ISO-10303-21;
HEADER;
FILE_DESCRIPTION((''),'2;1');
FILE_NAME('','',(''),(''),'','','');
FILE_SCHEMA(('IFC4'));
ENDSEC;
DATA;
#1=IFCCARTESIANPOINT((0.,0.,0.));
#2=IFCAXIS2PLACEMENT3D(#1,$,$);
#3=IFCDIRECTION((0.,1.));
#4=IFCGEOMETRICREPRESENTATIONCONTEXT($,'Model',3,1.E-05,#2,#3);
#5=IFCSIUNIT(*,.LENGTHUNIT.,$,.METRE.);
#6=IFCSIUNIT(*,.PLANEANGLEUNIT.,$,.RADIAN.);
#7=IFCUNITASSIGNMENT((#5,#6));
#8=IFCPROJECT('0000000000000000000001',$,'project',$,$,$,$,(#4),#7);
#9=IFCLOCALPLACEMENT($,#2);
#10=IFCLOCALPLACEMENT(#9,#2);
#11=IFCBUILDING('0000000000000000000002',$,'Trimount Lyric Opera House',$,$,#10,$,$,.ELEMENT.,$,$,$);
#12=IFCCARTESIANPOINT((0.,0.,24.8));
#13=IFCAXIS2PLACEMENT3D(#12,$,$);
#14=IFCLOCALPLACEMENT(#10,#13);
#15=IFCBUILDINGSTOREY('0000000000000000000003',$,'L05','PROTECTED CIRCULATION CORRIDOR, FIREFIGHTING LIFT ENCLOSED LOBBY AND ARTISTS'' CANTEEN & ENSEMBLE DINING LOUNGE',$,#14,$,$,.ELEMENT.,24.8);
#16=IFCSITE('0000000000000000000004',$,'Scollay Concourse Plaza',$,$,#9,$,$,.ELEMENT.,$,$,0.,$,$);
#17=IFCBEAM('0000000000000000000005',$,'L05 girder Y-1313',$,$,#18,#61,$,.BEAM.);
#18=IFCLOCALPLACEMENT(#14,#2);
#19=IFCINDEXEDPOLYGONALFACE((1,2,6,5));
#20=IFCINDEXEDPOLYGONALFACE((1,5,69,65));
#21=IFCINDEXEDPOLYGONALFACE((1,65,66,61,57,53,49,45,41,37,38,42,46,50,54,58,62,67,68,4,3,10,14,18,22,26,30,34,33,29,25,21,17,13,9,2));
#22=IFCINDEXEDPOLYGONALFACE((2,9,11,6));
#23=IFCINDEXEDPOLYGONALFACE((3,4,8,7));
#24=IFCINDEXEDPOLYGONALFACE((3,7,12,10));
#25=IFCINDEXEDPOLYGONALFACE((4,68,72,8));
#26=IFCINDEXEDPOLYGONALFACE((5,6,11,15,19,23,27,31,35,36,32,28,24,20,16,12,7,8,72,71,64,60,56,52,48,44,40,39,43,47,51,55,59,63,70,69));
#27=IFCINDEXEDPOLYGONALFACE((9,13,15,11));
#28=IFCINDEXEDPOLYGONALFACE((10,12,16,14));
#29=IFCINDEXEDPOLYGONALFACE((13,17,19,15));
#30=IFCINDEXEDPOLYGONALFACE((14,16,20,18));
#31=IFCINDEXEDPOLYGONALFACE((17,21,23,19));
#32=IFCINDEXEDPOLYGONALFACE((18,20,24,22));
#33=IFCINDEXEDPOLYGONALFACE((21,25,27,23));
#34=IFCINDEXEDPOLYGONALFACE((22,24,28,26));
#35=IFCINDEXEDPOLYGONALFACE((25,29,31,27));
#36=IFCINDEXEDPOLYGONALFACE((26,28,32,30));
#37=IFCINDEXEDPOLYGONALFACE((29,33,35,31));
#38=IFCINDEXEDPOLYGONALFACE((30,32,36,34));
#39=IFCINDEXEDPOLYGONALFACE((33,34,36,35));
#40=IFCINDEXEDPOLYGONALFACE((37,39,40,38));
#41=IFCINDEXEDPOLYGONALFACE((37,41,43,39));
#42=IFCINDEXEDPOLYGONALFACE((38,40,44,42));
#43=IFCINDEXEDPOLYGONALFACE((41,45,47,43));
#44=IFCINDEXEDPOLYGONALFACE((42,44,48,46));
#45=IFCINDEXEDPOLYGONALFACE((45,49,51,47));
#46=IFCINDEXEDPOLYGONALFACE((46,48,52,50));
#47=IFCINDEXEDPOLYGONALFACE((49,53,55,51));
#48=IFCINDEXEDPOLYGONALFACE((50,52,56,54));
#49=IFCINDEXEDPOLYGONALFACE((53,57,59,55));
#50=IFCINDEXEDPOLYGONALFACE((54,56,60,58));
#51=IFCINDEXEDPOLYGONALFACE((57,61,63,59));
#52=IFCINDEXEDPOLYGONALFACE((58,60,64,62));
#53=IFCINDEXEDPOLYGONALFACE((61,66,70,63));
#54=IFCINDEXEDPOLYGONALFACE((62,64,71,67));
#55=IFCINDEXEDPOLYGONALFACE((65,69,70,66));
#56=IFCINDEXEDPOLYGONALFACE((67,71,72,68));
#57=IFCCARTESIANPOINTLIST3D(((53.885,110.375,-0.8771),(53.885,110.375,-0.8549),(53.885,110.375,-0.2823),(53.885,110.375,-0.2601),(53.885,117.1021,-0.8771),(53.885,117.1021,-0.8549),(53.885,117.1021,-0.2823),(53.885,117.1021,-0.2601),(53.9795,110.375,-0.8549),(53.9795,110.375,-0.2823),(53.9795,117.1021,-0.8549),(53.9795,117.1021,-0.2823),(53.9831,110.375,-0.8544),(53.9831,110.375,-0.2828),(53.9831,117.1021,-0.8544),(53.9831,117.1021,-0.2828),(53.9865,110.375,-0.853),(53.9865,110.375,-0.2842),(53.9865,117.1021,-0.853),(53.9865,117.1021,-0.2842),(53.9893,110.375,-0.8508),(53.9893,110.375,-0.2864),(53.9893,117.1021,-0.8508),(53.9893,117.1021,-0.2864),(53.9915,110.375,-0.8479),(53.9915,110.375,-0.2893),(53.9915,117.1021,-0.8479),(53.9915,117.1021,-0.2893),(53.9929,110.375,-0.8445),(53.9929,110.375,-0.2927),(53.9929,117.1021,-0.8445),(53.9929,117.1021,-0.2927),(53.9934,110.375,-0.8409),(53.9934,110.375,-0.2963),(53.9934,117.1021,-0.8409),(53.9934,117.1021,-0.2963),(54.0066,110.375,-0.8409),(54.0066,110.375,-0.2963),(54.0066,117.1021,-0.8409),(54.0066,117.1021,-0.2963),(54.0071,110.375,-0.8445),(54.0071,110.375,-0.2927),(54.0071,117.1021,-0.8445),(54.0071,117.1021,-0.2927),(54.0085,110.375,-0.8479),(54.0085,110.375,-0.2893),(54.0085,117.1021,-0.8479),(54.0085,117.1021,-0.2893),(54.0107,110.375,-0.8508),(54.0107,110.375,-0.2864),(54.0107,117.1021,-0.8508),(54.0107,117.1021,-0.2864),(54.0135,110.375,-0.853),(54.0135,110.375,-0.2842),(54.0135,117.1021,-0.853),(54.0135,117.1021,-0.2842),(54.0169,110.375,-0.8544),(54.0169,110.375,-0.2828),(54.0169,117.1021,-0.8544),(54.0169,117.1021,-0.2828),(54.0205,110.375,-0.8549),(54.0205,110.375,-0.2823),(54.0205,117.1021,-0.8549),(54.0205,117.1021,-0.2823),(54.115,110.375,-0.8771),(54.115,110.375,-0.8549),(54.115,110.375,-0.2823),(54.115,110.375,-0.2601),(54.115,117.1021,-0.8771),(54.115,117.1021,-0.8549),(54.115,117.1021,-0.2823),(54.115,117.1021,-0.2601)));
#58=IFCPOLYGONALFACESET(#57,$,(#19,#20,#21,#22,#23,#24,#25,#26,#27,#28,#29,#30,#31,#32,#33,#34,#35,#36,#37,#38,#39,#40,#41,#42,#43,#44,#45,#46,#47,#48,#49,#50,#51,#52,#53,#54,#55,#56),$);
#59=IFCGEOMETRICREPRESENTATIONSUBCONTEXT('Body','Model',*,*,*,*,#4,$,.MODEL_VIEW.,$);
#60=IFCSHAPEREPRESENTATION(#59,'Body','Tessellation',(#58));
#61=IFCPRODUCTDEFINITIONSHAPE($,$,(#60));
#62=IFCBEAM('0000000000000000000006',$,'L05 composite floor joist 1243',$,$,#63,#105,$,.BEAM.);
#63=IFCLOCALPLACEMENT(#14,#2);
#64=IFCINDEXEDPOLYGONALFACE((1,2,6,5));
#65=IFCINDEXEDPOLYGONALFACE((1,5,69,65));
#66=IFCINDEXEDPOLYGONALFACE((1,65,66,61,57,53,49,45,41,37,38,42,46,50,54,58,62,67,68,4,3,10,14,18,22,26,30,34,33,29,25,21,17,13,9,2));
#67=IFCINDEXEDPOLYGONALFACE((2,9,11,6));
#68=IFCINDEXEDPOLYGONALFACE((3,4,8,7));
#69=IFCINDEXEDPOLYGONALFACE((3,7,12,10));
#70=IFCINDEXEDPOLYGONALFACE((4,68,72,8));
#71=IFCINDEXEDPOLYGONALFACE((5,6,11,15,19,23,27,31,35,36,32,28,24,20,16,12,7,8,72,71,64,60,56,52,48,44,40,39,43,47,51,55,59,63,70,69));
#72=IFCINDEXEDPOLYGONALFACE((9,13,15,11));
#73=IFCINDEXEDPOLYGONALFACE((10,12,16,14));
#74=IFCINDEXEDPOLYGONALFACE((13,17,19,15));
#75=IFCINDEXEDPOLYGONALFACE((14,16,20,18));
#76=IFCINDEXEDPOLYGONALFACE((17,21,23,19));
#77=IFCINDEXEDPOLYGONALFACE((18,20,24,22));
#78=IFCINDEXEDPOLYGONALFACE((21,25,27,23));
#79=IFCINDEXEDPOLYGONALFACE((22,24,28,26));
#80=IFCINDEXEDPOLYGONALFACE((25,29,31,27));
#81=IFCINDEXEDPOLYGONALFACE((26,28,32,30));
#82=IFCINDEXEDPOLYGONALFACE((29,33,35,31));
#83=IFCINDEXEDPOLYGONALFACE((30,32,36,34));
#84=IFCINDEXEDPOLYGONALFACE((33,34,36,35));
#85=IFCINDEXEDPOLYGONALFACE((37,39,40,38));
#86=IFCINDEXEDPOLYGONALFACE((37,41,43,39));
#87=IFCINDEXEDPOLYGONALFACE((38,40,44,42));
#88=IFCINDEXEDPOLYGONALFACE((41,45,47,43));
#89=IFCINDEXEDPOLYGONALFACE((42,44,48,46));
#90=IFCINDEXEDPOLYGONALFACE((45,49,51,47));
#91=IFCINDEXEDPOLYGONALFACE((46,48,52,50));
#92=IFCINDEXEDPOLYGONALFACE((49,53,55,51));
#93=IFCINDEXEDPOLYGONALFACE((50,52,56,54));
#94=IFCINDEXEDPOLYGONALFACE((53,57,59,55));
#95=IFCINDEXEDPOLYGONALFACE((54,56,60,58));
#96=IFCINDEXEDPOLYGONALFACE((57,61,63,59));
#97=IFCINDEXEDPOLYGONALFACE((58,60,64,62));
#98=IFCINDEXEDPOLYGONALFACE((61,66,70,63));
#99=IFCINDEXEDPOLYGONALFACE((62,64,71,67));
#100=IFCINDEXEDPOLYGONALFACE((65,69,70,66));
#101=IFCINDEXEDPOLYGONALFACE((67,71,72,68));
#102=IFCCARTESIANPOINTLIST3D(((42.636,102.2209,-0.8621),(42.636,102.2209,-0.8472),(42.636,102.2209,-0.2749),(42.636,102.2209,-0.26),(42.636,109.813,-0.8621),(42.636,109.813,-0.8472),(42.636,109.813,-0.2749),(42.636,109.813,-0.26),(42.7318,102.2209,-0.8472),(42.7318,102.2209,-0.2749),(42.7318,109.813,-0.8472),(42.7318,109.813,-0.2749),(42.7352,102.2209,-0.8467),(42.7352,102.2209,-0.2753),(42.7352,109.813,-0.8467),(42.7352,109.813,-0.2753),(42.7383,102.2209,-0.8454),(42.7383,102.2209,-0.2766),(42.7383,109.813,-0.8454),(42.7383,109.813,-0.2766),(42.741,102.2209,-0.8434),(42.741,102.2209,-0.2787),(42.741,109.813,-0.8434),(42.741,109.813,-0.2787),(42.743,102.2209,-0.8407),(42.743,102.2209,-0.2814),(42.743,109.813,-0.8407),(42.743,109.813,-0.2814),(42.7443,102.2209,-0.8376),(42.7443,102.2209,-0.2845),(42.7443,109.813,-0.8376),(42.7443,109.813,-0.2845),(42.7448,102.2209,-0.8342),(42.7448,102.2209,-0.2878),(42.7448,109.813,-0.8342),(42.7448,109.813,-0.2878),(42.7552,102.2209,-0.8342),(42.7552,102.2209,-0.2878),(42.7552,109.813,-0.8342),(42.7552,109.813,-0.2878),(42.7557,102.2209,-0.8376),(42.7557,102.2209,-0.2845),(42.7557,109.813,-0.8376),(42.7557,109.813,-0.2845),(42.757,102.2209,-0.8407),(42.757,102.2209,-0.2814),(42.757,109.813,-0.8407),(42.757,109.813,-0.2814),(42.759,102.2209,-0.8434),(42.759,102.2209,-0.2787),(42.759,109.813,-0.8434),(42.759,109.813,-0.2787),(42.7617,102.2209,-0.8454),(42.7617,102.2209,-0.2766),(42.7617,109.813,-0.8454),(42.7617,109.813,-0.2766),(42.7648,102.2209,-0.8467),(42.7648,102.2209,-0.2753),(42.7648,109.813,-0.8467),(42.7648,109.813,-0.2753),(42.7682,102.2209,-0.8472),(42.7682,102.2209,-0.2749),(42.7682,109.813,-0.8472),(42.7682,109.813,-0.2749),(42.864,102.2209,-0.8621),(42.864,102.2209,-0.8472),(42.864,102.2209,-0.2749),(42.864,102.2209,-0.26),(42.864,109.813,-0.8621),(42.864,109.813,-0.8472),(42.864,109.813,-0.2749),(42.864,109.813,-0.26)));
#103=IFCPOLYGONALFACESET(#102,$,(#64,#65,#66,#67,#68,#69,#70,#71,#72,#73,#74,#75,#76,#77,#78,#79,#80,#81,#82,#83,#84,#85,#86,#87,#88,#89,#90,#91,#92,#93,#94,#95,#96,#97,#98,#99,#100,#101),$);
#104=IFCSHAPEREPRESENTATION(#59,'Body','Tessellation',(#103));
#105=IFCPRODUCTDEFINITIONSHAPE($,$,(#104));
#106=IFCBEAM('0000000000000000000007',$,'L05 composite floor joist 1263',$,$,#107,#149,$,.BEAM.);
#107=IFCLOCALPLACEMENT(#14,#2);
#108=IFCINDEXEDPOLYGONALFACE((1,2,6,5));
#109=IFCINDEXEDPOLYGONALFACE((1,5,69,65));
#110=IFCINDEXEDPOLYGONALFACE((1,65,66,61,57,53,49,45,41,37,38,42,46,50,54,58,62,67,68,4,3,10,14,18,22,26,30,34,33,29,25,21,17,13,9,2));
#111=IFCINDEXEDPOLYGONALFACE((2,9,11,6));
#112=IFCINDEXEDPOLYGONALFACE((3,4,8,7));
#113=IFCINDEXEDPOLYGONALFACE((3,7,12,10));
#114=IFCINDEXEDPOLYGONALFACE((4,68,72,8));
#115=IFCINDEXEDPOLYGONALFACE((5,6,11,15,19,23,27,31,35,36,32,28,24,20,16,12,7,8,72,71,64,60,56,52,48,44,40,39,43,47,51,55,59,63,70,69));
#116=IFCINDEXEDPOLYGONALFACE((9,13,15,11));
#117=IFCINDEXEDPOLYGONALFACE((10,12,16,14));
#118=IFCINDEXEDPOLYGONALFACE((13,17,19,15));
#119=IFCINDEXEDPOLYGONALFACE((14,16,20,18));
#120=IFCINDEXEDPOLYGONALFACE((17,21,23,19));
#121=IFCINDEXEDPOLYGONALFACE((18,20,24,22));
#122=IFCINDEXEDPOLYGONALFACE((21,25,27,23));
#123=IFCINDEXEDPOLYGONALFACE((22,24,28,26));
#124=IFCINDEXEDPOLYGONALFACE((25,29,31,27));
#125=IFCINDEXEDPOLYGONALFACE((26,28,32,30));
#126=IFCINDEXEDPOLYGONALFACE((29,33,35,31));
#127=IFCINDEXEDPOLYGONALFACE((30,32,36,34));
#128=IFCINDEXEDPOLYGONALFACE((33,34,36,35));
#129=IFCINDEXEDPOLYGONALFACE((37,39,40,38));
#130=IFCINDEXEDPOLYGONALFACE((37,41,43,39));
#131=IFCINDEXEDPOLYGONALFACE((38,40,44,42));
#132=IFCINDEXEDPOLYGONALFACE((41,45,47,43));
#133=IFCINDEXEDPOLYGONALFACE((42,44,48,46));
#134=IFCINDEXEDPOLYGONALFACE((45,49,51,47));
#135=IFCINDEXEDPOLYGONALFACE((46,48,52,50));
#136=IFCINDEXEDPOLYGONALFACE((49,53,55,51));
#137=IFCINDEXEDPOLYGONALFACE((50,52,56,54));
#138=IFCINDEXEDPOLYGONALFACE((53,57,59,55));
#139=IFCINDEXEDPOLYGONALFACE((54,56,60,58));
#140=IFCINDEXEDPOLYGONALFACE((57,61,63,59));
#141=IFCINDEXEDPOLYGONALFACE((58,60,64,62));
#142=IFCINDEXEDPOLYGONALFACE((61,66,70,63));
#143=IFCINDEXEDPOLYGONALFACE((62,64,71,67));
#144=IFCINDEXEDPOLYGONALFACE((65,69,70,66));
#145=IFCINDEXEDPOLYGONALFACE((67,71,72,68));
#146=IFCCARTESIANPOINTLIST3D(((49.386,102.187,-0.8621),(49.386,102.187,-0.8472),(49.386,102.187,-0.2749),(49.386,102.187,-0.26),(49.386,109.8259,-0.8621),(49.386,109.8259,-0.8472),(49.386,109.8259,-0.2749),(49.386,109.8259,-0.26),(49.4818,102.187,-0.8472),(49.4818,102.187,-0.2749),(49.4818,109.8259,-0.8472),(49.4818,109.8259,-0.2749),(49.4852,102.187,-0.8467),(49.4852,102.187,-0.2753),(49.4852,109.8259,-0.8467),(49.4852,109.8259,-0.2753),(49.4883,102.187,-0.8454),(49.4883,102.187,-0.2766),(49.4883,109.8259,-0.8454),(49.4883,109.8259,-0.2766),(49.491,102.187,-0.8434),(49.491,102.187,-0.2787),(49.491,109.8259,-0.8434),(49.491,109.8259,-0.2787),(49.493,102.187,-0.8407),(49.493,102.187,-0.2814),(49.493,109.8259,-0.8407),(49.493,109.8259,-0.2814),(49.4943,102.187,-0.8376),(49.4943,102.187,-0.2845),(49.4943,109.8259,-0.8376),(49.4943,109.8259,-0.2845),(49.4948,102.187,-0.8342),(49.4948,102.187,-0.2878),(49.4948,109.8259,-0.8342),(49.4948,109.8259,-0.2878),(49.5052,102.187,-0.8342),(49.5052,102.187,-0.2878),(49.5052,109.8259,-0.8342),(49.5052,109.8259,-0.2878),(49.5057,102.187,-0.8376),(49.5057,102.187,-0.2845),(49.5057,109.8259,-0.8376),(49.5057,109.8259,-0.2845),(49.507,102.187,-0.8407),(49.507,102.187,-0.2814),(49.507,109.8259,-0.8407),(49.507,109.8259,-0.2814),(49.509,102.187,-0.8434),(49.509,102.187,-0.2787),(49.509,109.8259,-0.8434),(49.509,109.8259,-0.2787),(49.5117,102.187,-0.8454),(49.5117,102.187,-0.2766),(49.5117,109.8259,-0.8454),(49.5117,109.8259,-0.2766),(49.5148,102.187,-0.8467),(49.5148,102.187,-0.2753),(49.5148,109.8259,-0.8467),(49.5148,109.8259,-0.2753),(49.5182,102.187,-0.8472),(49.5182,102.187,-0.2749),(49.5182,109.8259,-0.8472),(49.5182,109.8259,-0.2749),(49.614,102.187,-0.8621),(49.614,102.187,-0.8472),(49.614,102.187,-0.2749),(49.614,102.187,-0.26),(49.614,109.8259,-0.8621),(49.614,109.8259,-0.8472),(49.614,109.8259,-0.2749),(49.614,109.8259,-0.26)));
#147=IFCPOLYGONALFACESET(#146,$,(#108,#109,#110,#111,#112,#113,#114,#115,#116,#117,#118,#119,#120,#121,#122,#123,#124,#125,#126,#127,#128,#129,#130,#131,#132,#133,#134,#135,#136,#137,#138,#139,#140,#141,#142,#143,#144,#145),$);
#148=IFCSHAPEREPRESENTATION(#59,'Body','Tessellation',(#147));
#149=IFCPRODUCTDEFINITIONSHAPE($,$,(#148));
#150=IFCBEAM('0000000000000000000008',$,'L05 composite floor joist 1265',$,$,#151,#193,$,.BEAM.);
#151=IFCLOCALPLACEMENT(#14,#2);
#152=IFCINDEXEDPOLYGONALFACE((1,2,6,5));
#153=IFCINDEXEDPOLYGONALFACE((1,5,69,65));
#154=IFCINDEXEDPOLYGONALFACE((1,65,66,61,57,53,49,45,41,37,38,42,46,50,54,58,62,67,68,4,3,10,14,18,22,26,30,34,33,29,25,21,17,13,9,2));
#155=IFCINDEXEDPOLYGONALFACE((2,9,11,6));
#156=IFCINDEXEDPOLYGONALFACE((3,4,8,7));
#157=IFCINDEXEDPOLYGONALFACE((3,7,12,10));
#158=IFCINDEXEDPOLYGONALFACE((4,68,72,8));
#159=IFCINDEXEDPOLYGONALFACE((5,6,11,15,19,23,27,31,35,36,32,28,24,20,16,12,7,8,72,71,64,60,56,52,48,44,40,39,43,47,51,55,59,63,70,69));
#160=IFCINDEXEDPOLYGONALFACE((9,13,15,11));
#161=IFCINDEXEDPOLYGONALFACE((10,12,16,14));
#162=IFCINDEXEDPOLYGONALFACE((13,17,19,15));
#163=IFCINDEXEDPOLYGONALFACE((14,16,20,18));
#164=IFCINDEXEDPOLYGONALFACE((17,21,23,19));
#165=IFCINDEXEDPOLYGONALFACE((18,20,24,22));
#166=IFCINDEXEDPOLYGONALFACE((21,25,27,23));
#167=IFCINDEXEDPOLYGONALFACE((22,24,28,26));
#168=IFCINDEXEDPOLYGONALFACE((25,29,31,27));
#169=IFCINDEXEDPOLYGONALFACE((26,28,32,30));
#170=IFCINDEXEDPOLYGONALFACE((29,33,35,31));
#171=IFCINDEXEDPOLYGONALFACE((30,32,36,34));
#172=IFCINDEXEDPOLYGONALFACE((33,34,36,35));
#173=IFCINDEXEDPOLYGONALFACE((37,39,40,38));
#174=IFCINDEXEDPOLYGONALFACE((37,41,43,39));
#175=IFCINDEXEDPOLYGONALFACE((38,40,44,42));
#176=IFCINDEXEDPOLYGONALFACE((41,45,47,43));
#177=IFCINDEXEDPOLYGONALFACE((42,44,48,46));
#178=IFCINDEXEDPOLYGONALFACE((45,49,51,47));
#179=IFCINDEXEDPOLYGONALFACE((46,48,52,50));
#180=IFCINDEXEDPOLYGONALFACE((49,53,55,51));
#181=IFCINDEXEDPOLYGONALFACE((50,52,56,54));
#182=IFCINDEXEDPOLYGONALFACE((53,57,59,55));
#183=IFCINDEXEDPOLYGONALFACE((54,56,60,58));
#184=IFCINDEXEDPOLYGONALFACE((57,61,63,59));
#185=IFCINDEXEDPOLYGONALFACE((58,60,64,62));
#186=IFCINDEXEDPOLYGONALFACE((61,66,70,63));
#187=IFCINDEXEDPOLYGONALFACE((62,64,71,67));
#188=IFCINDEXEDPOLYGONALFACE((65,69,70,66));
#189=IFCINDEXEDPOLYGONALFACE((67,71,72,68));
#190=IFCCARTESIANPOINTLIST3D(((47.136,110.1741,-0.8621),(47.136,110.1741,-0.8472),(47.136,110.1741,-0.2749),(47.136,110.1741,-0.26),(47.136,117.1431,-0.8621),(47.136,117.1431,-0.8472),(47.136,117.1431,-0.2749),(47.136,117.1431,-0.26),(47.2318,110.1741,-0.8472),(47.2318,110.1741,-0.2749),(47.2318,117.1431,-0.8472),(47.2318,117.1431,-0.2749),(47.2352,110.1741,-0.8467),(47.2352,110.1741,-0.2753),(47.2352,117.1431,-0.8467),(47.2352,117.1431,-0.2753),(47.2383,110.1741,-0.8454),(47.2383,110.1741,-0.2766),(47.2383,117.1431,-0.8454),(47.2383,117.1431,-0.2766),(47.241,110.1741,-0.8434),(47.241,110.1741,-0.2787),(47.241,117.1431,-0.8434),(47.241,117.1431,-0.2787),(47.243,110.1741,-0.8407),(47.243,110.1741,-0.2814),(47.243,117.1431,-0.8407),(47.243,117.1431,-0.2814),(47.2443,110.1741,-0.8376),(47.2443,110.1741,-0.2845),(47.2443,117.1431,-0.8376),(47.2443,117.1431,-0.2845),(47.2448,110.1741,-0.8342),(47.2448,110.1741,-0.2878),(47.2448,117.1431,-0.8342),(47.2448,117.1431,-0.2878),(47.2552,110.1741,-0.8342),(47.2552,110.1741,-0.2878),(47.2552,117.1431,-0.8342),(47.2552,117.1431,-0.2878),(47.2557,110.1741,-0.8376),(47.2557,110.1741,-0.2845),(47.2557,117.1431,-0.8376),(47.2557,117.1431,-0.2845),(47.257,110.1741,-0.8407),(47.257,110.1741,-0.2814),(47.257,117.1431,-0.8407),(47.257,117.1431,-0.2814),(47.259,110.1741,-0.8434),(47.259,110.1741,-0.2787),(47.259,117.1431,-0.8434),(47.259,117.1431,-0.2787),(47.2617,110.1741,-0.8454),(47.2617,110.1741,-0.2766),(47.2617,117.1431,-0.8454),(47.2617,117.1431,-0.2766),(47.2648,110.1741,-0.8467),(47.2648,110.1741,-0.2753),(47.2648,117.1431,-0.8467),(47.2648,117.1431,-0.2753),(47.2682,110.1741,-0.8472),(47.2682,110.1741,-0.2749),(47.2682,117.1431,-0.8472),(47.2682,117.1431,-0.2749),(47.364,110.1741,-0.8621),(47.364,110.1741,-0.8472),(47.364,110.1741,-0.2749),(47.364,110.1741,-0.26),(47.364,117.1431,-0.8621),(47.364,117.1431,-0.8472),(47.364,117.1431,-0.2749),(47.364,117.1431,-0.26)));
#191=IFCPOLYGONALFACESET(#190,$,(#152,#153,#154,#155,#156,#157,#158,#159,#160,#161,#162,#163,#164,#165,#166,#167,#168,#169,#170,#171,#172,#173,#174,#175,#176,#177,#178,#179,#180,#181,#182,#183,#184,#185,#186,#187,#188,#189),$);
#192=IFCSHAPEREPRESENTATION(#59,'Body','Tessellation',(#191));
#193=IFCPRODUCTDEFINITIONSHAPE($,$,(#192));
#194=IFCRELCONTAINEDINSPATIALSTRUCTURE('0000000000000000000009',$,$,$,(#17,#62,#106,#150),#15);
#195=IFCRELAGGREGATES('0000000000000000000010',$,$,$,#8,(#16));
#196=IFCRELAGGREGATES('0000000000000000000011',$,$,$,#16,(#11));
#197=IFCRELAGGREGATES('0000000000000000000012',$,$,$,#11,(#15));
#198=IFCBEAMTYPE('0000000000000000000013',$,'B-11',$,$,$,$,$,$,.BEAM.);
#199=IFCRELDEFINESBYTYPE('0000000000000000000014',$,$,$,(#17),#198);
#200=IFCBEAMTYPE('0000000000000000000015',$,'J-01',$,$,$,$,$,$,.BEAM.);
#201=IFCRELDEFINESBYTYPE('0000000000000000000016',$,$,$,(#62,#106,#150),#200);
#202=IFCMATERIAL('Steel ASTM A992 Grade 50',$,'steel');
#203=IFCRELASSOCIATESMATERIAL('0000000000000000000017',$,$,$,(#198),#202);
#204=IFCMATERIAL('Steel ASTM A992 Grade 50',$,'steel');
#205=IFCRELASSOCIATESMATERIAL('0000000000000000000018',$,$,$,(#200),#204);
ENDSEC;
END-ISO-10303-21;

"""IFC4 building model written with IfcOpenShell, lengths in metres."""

from ifc_helpers import new_model, si_unit, direction, frame, origin, origin_2d, place, context, subcontext, project, spatial, i_section, extrude, material, material_profile, profile_set, type_object, element, save


model = new_model("IFC4")

# Units and contexts
model_context = context("Model", 3, precision=1e-05, world=origin(), true_north=direction((0.0, 1.0)))
body_context = subcontext(model_context, "Body", "Model", "MODEL_VIEW")
ifc_project = project(units=[si_unit("LENGTHUNIT", "METRE"), si_unit("PLANEANGLEUNIT", "RADIAN")], contexts=[model_context])

# Site, building, storey
site_placement = place(None, origin())
site = spatial("IfcSite", under=ifc_project, at=site_placement, Name="Scollay Concourse Plaza", CompositionType="ELEMENT", RefElevation=0.0)
building_placement = place(site_placement, origin())
building = spatial("IfcBuilding", under=site, at=building_placement, Name="Trimount Lyric Opera House", CompositionType="ELEMENT")
storey_placement = place(building_placement, frame((0.0, 0.0, 24.8)))
storey = spatial("IfcBuildingStorey", under=building, at=storey_placement, Name="L05", Description="PROTECTED CIRCULATION CORRIDOR, FIREFIGHTING LIFT ENCLOSED LOBBY AND ARTISTS' CANTEEN & ENSEMBLE DINING LOUNGE", CompositionType="ELEMENT", Elevation=24.8)

# Beams
ifc_material_1 = material(Name="Steel ASTM A992 Grade 50", Category="steel")
ifc_material_profile_1 = material_profile(ifc_material_1, i_section(OverallWidth=0.23, OverallDepth=0.6169, WebThickness=0.0132, FlangeThickness=0.0222, FilletRadius=0.0139, at=origin_2d()), Name="W24X94")
ifc_profile_set_1 = profile_set([ifc_material_profile_1], Name="Steel ASTM A992 Grade 50")
beam_type_1 = type_object("IfcBeamType", Name="B-11", PredefinedType="BEAM", material=ifc_profile_set_1)
beam_1_placement = place(storey_placement, frame((54.0, 110.375, -0.5686), z_axis=(0.0, 1.0, 0.0), x_axis=(-1.0, 0.0, 0.0)))
element("IfcBeam", 1, at=beam_1_placement, inside=storey, type_object=beam_type_1, Name="L05 girder Y-1313", PredefinedType="BEAM", context=body_context, shape_type="SweptSolid", body=[
    extrude(i_section(OverallWidth=0.23, OverallDepth=0.6169, WebThickness=0.0132, FlangeThickness=0.0222, FilletRadius=0.0139, at=origin_2d()), origin(), (0.0, 0.0, 1.0), 6.7271),
])
ifc_material_2 = material(Name="Steel ASTM A992 Grade 50", Category="steel")
ifc_material_profile_2 = material_profile(ifc_material_2, i_section(OverallWidth=0.228, OverallDepth=0.6021, WebThickness=0.0105, FlangeThickness=0.0149, FilletRadius=0.0129, at=origin_2d()), Name="W24X68")
ifc_profile_set_2 = profile_set([ifc_material_profile_2], Name="Steel ASTM A992 Grade 50")
beam_type_2 = type_object("IfcBeamType", Name="J-01", PredefinedType="BEAM", material=ifc_profile_set_2)
beam_2_placement = place(storey_placement, frame((42.75, 102.2209, -0.561), z_axis=(0.0, 1.0, 0.0), x_axis=(-1.0, 0.0, 0.0)))
element("IfcBeam", 2, at=beam_2_placement, inside=storey, type_object=beam_type_2, Name="L05 composite floor joist 1243", PredefinedType="BEAM", context=body_context, shape_type="SweptSolid", body=[
    extrude(i_section(OverallWidth=0.228, OverallDepth=0.6021, WebThickness=0.0105, FlangeThickness=0.0149, FilletRadius=0.0129, at=origin_2d()), origin(), (0.0, 0.0, 1.0), 7.592),
])
beam_3_placement = place(storey_placement, frame((49.5, 102.187, -0.561), z_axis=(0.0, 1.0, 0.0), x_axis=(-1.0, 0.0, 0.0)))
element("IfcBeam", 3, at=beam_3_placement, inside=storey, type_object=beam_type_2, Name="L05 composite floor joist 1263", PredefinedType="BEAM", context=body_context, shape_type="SweptSolid", body=[
    extrude(i_section(OverallWidth=0.228, OverallDepth=0.6021, WebThickness=0.0105, FlangeThickness=0.0149, FilletRadius=0.0129, at=origin_2d()), origin(), (0.0, 0.0, 1.0), 7.6389),
])
beam_4_placement = place(storey_placement, frame((47.25, 110.1741, -0.561), z_axis=(0.0, 1.0, 0.0), x_axis=(-1.0, 0.0, 0.0)))
element("IfcBeam", 4, at=beam_4_placement, inside=storey, type_object=beam_type_2, Name="L05 composite floor joist 1265", PredefinedType="BEAM", context=body_context, shape_type="SweptSolid", body=[
    extrude(i_section(OverallWidth=0.228, OverallDepth=0.6021, WebThickness=0.0105, FlangeThickness=0.0149, FilletRadius=0.0129, at=origin_2d()), origin(), (0.0, 0.0, 1.0), 6.969),
])

save(model, "model.ifc")
